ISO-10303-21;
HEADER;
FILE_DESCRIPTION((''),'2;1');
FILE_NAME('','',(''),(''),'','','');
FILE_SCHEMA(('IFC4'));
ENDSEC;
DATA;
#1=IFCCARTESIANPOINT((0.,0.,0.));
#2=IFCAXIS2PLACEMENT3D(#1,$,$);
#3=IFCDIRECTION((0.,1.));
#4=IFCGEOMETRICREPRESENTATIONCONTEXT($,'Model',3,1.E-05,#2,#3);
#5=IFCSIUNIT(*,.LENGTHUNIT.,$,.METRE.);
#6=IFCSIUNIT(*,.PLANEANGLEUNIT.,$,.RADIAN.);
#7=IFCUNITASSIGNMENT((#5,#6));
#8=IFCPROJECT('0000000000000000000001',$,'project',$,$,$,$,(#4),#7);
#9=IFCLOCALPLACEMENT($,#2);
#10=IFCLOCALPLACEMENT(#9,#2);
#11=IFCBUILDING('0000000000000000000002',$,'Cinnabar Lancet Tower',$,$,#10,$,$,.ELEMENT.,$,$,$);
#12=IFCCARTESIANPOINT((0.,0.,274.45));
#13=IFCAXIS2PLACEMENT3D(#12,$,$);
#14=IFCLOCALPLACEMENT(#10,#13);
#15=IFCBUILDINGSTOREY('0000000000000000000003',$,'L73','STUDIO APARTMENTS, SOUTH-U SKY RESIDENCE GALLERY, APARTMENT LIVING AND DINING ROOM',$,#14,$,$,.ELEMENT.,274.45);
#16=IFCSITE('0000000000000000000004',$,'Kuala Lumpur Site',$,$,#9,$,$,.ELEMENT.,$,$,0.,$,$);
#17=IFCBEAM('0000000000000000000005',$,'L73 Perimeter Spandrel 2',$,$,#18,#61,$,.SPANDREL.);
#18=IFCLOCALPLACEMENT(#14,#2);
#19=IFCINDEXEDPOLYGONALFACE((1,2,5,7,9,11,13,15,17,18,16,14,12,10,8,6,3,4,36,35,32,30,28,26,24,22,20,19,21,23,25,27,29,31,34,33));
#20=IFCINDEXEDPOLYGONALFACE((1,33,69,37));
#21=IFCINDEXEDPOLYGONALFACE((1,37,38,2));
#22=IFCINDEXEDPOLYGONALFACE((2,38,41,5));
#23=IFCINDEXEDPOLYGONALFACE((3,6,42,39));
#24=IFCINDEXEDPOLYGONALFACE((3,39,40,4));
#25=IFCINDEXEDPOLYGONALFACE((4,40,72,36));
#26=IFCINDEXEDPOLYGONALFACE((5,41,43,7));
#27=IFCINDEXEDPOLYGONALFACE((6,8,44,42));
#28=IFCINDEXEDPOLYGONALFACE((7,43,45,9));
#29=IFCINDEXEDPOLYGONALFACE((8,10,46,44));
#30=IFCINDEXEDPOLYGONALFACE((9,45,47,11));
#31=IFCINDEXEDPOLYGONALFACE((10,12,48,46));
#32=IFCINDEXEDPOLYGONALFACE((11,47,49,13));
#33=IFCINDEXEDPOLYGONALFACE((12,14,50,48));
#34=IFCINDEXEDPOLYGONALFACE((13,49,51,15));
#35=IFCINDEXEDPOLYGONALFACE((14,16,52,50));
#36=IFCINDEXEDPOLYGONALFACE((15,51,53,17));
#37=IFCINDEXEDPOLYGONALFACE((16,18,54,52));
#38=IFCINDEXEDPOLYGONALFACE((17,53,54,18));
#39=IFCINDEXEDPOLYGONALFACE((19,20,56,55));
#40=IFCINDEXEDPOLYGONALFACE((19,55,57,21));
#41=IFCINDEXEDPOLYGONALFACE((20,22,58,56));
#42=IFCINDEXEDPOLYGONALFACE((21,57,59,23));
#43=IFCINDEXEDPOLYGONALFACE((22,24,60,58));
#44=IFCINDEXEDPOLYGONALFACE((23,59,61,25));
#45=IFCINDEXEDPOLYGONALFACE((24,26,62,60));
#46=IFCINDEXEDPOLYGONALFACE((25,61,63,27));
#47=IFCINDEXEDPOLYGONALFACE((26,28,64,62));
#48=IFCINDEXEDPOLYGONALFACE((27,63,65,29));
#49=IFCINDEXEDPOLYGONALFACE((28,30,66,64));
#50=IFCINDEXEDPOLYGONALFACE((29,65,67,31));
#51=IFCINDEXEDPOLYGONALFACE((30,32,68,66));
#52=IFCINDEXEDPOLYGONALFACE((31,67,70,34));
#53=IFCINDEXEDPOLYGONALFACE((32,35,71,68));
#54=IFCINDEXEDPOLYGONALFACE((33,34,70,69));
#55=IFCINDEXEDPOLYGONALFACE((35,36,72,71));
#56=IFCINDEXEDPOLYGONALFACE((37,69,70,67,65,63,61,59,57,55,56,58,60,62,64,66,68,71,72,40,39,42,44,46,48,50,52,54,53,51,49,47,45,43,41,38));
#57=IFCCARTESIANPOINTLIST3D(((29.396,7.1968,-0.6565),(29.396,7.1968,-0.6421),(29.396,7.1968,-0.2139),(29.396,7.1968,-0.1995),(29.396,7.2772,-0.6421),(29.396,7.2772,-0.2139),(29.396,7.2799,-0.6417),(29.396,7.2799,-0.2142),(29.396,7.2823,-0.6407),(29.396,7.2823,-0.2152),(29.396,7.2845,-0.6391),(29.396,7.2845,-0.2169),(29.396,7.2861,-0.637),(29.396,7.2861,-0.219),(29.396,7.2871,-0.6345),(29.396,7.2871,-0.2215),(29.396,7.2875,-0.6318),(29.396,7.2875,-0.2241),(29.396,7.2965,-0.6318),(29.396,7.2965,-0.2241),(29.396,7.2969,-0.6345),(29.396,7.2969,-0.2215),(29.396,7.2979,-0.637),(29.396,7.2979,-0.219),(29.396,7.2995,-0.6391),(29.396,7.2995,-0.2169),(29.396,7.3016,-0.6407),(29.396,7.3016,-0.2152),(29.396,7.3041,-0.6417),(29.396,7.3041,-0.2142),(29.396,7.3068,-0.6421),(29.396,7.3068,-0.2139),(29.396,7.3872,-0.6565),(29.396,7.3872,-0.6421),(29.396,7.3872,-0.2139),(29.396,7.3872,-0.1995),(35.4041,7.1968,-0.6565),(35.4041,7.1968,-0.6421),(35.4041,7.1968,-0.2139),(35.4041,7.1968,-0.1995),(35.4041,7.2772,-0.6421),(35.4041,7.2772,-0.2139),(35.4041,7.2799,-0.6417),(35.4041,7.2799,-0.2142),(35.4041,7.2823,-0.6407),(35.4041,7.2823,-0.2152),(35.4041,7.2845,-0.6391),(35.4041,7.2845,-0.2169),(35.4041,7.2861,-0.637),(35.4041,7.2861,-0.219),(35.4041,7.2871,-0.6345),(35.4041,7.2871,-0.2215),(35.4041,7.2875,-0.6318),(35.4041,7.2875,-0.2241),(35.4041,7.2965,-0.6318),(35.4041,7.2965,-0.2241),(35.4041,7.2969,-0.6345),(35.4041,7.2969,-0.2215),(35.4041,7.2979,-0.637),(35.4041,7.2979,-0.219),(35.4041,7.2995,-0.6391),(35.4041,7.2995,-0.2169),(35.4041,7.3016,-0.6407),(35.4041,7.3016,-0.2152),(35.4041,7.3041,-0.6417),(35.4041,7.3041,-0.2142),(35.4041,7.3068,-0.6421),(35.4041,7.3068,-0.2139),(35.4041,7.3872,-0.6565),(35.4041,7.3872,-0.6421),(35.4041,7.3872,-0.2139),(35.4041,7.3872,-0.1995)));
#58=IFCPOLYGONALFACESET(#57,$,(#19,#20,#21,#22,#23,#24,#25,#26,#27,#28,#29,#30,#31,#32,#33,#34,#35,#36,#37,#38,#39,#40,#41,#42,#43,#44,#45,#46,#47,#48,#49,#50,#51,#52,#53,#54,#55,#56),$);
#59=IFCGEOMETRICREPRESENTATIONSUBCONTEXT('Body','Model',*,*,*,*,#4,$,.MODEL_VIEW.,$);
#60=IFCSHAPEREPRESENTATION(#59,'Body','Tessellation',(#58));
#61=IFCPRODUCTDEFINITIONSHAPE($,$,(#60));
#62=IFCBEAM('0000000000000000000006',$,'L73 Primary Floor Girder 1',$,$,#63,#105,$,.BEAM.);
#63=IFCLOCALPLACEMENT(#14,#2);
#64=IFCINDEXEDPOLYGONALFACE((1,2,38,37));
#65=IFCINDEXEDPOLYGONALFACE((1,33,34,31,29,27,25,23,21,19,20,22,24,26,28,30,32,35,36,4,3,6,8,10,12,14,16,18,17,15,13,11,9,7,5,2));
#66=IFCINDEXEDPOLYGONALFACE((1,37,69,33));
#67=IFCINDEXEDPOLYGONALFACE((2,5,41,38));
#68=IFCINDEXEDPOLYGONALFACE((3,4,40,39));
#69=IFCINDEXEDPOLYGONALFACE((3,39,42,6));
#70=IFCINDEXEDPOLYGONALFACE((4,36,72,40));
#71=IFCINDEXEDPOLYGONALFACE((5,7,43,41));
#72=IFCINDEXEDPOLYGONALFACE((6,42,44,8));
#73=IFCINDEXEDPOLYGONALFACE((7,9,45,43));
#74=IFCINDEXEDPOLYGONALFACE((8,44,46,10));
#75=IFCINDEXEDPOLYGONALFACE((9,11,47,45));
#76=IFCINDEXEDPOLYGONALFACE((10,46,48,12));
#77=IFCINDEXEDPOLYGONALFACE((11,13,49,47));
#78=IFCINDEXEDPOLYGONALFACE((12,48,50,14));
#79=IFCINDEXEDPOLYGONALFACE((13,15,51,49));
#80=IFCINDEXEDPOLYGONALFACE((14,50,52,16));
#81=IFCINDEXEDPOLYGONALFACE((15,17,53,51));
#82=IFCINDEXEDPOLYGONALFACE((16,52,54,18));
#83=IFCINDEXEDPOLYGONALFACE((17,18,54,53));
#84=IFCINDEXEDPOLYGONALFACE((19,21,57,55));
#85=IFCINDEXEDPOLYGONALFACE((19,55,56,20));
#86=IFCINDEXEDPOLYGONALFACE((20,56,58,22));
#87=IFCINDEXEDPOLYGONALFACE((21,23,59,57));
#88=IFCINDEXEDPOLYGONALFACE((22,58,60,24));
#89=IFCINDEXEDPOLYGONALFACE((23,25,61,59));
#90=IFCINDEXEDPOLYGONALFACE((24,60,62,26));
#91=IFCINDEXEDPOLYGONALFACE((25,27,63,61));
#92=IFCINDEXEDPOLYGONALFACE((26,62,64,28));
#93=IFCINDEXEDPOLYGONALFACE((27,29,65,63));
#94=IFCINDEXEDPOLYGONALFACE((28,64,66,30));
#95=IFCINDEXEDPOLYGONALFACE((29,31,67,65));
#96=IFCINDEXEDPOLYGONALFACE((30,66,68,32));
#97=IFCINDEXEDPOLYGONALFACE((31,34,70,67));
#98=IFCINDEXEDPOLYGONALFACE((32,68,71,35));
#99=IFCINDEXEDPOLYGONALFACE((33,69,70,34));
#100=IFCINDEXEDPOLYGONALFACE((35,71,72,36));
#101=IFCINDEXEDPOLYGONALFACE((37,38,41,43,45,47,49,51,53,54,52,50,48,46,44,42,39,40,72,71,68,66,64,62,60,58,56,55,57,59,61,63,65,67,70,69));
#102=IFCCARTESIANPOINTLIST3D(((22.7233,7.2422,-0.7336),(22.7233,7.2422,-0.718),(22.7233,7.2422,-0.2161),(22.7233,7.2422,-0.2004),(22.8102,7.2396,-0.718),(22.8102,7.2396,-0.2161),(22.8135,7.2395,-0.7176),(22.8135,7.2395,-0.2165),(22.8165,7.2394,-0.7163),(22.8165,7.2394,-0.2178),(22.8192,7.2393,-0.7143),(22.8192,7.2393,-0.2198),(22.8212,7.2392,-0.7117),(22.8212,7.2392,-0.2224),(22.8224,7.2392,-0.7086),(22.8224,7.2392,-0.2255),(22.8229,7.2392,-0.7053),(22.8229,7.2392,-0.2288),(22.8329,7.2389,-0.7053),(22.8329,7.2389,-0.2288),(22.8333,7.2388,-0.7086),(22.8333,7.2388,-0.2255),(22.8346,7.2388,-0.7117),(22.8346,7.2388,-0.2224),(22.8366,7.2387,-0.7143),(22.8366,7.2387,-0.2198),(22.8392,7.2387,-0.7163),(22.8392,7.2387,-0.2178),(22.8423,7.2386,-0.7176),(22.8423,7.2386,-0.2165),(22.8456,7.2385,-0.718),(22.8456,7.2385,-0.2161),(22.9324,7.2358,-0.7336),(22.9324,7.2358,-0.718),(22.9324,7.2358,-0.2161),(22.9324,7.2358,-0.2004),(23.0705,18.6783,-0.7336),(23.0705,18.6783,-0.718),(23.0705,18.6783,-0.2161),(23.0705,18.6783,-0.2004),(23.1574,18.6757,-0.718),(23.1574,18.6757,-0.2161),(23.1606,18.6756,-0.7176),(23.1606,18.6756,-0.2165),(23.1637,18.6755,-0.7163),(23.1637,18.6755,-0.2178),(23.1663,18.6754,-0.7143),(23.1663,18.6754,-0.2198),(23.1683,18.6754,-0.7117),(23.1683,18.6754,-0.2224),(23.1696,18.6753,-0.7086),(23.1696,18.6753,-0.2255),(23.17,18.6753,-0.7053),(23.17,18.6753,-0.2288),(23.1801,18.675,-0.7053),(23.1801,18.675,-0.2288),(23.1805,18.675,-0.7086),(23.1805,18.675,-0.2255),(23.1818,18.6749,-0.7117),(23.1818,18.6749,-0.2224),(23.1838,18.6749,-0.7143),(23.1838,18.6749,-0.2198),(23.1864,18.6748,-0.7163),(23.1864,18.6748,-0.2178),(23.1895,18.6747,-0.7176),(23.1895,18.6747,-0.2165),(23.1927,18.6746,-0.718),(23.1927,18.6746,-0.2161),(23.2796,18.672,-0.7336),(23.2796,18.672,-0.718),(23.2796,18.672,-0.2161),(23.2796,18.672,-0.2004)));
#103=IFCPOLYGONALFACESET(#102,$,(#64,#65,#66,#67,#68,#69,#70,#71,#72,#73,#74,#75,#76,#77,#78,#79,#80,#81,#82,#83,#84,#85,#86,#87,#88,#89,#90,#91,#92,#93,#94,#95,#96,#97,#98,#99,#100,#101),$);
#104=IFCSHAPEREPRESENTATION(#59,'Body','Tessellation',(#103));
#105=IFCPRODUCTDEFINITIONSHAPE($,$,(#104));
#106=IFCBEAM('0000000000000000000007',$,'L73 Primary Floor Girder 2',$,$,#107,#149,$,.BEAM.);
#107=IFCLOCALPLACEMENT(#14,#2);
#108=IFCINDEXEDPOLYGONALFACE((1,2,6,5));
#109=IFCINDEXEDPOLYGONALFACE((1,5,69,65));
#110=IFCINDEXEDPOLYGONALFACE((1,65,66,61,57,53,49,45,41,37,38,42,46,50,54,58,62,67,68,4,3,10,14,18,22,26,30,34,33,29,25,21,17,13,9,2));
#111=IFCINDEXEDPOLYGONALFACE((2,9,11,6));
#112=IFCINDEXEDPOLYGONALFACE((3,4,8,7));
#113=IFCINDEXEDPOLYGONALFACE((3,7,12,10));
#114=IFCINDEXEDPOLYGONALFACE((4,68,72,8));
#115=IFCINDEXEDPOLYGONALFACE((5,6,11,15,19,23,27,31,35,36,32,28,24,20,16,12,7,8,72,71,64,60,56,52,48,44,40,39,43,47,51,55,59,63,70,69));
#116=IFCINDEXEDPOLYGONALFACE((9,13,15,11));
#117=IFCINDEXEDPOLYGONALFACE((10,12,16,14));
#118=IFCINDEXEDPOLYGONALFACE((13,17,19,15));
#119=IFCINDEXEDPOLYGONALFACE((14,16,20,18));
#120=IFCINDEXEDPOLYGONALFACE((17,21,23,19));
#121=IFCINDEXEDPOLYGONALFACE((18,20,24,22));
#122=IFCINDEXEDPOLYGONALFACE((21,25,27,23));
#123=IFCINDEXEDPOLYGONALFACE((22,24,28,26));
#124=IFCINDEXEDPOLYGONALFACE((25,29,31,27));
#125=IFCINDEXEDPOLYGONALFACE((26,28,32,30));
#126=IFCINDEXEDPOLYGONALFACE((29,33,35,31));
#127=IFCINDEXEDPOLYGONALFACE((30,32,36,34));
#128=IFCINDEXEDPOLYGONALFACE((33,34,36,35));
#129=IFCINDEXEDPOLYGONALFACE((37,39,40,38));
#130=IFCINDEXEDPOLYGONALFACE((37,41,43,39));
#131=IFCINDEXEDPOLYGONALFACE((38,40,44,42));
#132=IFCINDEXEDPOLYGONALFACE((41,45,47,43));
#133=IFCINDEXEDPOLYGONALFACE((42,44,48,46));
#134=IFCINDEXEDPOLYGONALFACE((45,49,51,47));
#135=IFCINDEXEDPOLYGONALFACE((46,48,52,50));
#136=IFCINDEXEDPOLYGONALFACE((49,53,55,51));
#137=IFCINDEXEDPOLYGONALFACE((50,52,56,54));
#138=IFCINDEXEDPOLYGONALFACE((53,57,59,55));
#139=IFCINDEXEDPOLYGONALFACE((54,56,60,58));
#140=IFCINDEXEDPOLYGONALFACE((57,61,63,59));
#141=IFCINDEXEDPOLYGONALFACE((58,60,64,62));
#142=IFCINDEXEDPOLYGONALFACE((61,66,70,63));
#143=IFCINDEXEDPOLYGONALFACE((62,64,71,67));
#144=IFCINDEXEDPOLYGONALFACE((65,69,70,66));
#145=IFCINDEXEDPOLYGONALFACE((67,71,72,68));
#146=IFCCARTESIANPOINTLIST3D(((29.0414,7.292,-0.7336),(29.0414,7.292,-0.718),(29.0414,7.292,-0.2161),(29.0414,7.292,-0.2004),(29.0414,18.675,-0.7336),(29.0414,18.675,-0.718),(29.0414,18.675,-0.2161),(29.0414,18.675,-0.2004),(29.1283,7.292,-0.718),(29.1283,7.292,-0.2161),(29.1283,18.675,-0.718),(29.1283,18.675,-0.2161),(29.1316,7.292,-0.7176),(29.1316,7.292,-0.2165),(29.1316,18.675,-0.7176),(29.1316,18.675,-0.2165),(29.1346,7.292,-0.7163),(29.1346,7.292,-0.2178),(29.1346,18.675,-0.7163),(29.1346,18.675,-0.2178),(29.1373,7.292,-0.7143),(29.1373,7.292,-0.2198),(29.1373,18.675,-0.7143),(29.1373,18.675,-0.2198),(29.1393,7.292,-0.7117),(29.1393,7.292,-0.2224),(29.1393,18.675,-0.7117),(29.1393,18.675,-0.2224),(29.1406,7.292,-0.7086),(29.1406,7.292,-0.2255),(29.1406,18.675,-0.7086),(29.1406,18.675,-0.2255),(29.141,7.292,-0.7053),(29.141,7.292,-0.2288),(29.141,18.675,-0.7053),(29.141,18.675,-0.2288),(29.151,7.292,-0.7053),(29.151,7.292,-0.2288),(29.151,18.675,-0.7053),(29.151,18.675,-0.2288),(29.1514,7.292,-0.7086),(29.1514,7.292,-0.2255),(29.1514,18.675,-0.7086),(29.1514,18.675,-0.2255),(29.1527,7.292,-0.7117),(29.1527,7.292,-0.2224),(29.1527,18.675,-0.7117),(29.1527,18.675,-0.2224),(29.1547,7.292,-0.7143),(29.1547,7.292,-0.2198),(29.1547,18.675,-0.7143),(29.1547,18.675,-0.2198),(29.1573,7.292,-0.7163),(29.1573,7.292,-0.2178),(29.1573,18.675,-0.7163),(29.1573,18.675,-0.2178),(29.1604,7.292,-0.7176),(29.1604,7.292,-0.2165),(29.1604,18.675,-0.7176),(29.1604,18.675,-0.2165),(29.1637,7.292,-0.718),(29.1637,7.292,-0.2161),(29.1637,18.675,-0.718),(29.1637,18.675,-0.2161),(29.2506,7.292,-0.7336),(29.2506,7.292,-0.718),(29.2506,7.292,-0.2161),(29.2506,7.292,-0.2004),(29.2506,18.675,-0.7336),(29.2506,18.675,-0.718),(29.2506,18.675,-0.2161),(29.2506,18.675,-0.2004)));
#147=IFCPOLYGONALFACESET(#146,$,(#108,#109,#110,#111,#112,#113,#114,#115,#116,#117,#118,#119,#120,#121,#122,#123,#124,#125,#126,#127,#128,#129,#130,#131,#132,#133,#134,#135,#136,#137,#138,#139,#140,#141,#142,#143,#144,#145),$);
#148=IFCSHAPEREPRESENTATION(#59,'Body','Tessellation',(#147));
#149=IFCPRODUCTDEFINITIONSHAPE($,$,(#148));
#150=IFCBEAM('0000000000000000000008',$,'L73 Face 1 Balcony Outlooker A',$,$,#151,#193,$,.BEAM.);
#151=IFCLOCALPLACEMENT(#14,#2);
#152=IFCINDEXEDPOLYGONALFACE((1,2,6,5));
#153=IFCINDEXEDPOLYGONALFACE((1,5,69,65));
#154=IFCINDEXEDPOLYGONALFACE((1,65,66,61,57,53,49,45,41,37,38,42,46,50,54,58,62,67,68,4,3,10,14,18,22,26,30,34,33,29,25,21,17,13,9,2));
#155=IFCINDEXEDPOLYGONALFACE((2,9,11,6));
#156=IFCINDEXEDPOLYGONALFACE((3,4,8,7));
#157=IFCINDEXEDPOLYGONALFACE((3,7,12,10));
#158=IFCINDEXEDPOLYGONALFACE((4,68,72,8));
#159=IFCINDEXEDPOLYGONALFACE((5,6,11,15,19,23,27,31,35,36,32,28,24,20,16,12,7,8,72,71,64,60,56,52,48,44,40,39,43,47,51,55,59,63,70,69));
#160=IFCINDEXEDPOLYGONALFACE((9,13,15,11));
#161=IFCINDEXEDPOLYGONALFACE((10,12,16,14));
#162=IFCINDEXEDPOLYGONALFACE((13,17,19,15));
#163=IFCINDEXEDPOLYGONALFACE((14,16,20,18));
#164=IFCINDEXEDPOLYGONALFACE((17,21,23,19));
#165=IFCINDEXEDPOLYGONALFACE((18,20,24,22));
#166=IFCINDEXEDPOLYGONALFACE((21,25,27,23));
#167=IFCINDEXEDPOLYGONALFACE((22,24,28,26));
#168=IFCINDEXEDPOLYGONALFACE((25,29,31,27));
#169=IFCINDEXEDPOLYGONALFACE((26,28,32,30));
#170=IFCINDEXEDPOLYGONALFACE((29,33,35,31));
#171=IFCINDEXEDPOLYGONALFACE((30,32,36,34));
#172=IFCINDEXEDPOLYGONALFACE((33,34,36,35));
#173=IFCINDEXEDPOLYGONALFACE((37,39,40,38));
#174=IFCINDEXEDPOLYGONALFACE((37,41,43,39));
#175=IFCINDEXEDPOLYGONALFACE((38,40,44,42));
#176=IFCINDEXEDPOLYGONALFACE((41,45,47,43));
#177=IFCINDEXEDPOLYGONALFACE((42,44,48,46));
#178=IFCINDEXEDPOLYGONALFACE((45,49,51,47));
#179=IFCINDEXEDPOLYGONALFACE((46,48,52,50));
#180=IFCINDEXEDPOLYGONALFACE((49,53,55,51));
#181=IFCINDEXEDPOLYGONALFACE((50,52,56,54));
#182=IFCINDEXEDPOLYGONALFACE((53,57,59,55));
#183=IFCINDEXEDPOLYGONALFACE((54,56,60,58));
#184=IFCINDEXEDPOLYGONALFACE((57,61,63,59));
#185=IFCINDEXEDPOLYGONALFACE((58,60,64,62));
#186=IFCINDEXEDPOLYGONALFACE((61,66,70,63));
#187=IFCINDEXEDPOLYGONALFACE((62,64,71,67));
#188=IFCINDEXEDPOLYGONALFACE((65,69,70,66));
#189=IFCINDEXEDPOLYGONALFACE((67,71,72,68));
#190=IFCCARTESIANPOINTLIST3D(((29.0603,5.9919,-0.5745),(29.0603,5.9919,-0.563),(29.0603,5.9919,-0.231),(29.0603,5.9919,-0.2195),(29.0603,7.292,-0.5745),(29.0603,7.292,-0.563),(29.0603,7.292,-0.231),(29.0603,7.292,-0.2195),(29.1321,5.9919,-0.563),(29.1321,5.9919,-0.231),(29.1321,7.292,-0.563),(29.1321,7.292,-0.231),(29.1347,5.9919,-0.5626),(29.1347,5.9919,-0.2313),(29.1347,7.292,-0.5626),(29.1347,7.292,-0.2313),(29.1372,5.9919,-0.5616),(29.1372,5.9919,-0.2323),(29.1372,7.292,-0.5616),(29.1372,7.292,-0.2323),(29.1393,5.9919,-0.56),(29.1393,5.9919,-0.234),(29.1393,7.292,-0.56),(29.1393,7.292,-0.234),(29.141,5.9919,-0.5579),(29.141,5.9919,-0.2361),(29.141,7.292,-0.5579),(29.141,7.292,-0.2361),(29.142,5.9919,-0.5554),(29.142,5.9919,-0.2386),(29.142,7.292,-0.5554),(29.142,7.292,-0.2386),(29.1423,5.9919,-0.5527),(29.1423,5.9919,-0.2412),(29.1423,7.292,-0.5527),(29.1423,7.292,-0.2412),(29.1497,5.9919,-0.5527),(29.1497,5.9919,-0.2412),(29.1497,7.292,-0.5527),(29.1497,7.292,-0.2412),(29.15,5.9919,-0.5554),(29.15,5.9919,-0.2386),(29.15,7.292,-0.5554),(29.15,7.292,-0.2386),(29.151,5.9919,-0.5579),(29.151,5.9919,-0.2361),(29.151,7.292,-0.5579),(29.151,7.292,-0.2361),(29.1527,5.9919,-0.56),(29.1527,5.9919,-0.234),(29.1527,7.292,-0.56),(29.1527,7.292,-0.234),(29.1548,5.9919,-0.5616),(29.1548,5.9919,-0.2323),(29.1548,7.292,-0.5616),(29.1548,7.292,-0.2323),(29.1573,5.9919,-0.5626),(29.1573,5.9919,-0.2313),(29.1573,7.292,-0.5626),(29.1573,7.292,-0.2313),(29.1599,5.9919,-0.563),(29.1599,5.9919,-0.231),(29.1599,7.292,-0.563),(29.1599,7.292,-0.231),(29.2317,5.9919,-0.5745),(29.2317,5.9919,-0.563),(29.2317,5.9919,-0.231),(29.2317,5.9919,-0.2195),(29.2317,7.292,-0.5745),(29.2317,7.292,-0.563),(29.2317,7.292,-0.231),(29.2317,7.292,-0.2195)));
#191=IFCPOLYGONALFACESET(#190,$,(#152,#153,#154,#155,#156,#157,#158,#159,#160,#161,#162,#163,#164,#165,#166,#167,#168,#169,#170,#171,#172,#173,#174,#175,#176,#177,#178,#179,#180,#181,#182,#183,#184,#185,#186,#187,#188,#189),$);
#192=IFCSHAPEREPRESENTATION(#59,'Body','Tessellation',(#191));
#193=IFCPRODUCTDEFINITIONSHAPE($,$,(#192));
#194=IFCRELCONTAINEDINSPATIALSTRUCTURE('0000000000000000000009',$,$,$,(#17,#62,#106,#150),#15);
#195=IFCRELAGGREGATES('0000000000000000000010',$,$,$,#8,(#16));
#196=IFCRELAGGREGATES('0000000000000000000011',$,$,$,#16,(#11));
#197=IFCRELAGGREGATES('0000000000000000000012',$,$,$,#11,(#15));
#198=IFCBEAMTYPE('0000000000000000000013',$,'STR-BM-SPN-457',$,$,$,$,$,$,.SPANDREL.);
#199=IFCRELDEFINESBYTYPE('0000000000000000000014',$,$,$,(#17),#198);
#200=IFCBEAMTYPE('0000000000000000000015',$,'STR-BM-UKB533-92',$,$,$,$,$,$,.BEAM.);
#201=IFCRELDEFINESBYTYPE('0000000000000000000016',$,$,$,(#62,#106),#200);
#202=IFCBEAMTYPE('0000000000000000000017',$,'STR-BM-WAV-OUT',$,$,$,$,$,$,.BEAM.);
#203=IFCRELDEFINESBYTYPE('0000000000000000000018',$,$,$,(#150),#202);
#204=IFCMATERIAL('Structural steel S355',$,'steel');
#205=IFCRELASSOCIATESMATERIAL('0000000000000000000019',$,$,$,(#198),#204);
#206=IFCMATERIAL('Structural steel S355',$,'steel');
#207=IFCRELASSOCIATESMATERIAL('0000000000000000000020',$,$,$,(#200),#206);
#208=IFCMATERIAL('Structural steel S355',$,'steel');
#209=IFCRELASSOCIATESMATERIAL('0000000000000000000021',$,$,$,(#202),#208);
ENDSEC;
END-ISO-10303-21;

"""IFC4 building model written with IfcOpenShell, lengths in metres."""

from ifc_helpers import new_model, si_unit, direction, frame, origin, origin_2d, place, context, subcontext, project, spatial, i_section, extrude, material, material_profile, profile_set, type_object, element, save


model = new_model("IFC4")

# Units and contexts
model_context = context("Model", 3, precision=1e-05, world=origin(), true_north=direction((0.0, 1.0)))
body_context = subcontext(model_context, "Body", "Model", "MODEL_VIEW")
ifc_project = project(units=[si_unit("LENGTHUNIT", "METRE"), si_unit("PLANEANGLEUNIT", "RADIAN")], contexts=[model_context])

# Site, building, storey
site_placement = place(None, origin())
site = spatial("IfcSite", under=ifc_project, at=site_placement, Name="Kuala Lumpur Site", CompositionType="ELEMENT", RefElevation=0.0)
building_placement = place(site_placement, origin())
building = spatial("IfcBuilding", under=site, at=building_placement, Name="Cinnabar Lancet Tower", CompositionType="ELEMENT")
storey_placement = place(building_placement, frame((0.0, 0.0, 274.45)))
storey = spatial("IfcBuildingStorey", under=building, at=storey_placement, Name="L73", Description="STUDIO APARTMENTS, SOUTH-U SKY RESIDENCE GALLERY, APARTMENT LIVING AND DINING ROOM", CompositionType="ELEMENT", Elevation=274.45)

# Beams
ifc_material_1 = material(Name="Structural steel S355", Category="steel")
ifc_material_profile_1 = material_profile(ifc_material_1, i_section(OverallWidth=0.1904, OverallDepth=0.457, WebThickness=0.009, FlangeThickness=0.0144, FilletRadius=0.0103, at=origin_2d()), Name="UKB 457x191x74")
ifc_profile_set_1 = profile_set([ifc_material_profile_1], Name="Structural steel S355")
beam_type_1 = type_object("IfcBeamType", Name="STR-BM-SPN-457", PredefinedType="SPANDREL", material=ifc_profile_set_1)
beam_1_placement = place(storey_placement, frame((29.396, 7.292, -0.428), z_axis=(1.0, 0.0, 0.0), x_axis=(0.0, 1.0, 0.0)))
element("IfcBeam", 1, at=beam_1_placement, inside=storey, type_object=beam_type_1, Name="L73 Perimeter Spandrel 2", PredefinedType="SPANDREL", context=body_context, shape_type="SweptSolid", body=[
    extrude(i_section(OverallWidth=0.1904, OverallDepth=0.457, WebThickness=0.009, FlangeThickness=0.0144, FilletRadius=0.0103, at=origin_2d()), origin(), (0.0, 0.0, 1.0), 6.0081),
])
ifc_material_2 = material(Name="Structural steel S355", Category="steel")
ifc_material_profile_2 = material_profile(ifc_material_2, i_section(OverallWidth=0.2092, OverallDepth=0.5332, WebThickness=0.01, FlangeThickness=0.0156, FilletRadius=0.0127, at=origin_2d()), Name="UKB 533x210x92")
ifc_profile_set_2 = profile_set([ifc_material_profile_2], Name="Structural steel S355")
beam_type_2 = type_object("IfcBeamType", Name="STR-BM-UKB533-92", PredefinedType="BEAM", material=ifc_profile_set_2)
beam_2_placement = place(storey_placement, frame((22.8279, 7.239, -0.467), z_axis=(0.030343, 0.99954, 0.0), x_axis=(-0.99954, 0.030343, 0.0)))
element("IfcBeam", 2, at=beam_2_placement, inside=storey, type_object=beam_type_2, Name="L73 Primary Floor Girder 1", PredefinedType="BEAM", context=body_context, shape_type="SweptSolid", body=[
    extrude(i_section(OverallWidth=0.2092, OverallDepth=0.5332, WebThickness=0.01, FlangeThickness=0.0156, FilletRadius=0.0127, at=origin_2d()), origin(), (0.0, 0.0, 1.0), 11.4414),
])
beam_3_placement = place(storey_placement, frame((29.146, 7.292, -0.467), z_axis=(0.0, 1.0, 0.0), x_axis=(-1.0, 0.0, 0.0)))
element("IfcBeam", 3, at=beam_3_placement, inside=storey, type_object=beam_type_2, Name="L73 Primary Floor Girder 2", PredefinedType="BEAM", context=body_context, shape_type="SweptSolid", body=[
    extrude(i_section(OverallWidth=0.2092, OverallDepth=0.5332, WebThickness=0.01, FlangeThickness=0.0156, FilletRadius=0.0127, at=origin_2d()), origin(), (0.0, 0.0, 1.0), 11.3831),
])
ifc_material_3 = material(Name="Structural steel S355", Category="steel")
ifc_material_profile_3 = material_profile(ifc_material_3, i_section(OverallWidth=0.1714, OverallDepth=0.355, WebThickness=0.0073, FlangeThickness=0.0115, FilletRadius=0.0103, at=origin_2d()), Name="UKB 356x171x51")
ifc_profile_set_3 = profile_set([ifc_material_profile_3], Name="Structural steel S355")
beam_type_3 = type_object("IfcBeamType", Name="STR-BM-WAV-OUT", PredefinedType="BEAM", material=ifc_profile_set_3)
beam_4_placement = place(storey_placement, frame((29.146, 7.292, -0.397), z_axis=(0.0, -1.0, 0.0), x_axis=(1.0, 0.0, 0.0)))
element("IfcBeam", 4, at=beam_4_placement, inside=storey, type_object=beam_type_3, Name="L73 Face 1 Balcony Outlooker A", PredefinedType="BEAM", context=body_context, shape_type="SweptSolid", body=[
    extrude(i_section(OverallWidth=0.1714, OverallDepth=0.355, WebThickness=0.0073, FlangeThickness=0.0115, FilletRadius=0.0103, at=origin_2d()), origin(), (0.0, 0.0, 1.0), 1.3),
])

save(model, "model.ifc")
